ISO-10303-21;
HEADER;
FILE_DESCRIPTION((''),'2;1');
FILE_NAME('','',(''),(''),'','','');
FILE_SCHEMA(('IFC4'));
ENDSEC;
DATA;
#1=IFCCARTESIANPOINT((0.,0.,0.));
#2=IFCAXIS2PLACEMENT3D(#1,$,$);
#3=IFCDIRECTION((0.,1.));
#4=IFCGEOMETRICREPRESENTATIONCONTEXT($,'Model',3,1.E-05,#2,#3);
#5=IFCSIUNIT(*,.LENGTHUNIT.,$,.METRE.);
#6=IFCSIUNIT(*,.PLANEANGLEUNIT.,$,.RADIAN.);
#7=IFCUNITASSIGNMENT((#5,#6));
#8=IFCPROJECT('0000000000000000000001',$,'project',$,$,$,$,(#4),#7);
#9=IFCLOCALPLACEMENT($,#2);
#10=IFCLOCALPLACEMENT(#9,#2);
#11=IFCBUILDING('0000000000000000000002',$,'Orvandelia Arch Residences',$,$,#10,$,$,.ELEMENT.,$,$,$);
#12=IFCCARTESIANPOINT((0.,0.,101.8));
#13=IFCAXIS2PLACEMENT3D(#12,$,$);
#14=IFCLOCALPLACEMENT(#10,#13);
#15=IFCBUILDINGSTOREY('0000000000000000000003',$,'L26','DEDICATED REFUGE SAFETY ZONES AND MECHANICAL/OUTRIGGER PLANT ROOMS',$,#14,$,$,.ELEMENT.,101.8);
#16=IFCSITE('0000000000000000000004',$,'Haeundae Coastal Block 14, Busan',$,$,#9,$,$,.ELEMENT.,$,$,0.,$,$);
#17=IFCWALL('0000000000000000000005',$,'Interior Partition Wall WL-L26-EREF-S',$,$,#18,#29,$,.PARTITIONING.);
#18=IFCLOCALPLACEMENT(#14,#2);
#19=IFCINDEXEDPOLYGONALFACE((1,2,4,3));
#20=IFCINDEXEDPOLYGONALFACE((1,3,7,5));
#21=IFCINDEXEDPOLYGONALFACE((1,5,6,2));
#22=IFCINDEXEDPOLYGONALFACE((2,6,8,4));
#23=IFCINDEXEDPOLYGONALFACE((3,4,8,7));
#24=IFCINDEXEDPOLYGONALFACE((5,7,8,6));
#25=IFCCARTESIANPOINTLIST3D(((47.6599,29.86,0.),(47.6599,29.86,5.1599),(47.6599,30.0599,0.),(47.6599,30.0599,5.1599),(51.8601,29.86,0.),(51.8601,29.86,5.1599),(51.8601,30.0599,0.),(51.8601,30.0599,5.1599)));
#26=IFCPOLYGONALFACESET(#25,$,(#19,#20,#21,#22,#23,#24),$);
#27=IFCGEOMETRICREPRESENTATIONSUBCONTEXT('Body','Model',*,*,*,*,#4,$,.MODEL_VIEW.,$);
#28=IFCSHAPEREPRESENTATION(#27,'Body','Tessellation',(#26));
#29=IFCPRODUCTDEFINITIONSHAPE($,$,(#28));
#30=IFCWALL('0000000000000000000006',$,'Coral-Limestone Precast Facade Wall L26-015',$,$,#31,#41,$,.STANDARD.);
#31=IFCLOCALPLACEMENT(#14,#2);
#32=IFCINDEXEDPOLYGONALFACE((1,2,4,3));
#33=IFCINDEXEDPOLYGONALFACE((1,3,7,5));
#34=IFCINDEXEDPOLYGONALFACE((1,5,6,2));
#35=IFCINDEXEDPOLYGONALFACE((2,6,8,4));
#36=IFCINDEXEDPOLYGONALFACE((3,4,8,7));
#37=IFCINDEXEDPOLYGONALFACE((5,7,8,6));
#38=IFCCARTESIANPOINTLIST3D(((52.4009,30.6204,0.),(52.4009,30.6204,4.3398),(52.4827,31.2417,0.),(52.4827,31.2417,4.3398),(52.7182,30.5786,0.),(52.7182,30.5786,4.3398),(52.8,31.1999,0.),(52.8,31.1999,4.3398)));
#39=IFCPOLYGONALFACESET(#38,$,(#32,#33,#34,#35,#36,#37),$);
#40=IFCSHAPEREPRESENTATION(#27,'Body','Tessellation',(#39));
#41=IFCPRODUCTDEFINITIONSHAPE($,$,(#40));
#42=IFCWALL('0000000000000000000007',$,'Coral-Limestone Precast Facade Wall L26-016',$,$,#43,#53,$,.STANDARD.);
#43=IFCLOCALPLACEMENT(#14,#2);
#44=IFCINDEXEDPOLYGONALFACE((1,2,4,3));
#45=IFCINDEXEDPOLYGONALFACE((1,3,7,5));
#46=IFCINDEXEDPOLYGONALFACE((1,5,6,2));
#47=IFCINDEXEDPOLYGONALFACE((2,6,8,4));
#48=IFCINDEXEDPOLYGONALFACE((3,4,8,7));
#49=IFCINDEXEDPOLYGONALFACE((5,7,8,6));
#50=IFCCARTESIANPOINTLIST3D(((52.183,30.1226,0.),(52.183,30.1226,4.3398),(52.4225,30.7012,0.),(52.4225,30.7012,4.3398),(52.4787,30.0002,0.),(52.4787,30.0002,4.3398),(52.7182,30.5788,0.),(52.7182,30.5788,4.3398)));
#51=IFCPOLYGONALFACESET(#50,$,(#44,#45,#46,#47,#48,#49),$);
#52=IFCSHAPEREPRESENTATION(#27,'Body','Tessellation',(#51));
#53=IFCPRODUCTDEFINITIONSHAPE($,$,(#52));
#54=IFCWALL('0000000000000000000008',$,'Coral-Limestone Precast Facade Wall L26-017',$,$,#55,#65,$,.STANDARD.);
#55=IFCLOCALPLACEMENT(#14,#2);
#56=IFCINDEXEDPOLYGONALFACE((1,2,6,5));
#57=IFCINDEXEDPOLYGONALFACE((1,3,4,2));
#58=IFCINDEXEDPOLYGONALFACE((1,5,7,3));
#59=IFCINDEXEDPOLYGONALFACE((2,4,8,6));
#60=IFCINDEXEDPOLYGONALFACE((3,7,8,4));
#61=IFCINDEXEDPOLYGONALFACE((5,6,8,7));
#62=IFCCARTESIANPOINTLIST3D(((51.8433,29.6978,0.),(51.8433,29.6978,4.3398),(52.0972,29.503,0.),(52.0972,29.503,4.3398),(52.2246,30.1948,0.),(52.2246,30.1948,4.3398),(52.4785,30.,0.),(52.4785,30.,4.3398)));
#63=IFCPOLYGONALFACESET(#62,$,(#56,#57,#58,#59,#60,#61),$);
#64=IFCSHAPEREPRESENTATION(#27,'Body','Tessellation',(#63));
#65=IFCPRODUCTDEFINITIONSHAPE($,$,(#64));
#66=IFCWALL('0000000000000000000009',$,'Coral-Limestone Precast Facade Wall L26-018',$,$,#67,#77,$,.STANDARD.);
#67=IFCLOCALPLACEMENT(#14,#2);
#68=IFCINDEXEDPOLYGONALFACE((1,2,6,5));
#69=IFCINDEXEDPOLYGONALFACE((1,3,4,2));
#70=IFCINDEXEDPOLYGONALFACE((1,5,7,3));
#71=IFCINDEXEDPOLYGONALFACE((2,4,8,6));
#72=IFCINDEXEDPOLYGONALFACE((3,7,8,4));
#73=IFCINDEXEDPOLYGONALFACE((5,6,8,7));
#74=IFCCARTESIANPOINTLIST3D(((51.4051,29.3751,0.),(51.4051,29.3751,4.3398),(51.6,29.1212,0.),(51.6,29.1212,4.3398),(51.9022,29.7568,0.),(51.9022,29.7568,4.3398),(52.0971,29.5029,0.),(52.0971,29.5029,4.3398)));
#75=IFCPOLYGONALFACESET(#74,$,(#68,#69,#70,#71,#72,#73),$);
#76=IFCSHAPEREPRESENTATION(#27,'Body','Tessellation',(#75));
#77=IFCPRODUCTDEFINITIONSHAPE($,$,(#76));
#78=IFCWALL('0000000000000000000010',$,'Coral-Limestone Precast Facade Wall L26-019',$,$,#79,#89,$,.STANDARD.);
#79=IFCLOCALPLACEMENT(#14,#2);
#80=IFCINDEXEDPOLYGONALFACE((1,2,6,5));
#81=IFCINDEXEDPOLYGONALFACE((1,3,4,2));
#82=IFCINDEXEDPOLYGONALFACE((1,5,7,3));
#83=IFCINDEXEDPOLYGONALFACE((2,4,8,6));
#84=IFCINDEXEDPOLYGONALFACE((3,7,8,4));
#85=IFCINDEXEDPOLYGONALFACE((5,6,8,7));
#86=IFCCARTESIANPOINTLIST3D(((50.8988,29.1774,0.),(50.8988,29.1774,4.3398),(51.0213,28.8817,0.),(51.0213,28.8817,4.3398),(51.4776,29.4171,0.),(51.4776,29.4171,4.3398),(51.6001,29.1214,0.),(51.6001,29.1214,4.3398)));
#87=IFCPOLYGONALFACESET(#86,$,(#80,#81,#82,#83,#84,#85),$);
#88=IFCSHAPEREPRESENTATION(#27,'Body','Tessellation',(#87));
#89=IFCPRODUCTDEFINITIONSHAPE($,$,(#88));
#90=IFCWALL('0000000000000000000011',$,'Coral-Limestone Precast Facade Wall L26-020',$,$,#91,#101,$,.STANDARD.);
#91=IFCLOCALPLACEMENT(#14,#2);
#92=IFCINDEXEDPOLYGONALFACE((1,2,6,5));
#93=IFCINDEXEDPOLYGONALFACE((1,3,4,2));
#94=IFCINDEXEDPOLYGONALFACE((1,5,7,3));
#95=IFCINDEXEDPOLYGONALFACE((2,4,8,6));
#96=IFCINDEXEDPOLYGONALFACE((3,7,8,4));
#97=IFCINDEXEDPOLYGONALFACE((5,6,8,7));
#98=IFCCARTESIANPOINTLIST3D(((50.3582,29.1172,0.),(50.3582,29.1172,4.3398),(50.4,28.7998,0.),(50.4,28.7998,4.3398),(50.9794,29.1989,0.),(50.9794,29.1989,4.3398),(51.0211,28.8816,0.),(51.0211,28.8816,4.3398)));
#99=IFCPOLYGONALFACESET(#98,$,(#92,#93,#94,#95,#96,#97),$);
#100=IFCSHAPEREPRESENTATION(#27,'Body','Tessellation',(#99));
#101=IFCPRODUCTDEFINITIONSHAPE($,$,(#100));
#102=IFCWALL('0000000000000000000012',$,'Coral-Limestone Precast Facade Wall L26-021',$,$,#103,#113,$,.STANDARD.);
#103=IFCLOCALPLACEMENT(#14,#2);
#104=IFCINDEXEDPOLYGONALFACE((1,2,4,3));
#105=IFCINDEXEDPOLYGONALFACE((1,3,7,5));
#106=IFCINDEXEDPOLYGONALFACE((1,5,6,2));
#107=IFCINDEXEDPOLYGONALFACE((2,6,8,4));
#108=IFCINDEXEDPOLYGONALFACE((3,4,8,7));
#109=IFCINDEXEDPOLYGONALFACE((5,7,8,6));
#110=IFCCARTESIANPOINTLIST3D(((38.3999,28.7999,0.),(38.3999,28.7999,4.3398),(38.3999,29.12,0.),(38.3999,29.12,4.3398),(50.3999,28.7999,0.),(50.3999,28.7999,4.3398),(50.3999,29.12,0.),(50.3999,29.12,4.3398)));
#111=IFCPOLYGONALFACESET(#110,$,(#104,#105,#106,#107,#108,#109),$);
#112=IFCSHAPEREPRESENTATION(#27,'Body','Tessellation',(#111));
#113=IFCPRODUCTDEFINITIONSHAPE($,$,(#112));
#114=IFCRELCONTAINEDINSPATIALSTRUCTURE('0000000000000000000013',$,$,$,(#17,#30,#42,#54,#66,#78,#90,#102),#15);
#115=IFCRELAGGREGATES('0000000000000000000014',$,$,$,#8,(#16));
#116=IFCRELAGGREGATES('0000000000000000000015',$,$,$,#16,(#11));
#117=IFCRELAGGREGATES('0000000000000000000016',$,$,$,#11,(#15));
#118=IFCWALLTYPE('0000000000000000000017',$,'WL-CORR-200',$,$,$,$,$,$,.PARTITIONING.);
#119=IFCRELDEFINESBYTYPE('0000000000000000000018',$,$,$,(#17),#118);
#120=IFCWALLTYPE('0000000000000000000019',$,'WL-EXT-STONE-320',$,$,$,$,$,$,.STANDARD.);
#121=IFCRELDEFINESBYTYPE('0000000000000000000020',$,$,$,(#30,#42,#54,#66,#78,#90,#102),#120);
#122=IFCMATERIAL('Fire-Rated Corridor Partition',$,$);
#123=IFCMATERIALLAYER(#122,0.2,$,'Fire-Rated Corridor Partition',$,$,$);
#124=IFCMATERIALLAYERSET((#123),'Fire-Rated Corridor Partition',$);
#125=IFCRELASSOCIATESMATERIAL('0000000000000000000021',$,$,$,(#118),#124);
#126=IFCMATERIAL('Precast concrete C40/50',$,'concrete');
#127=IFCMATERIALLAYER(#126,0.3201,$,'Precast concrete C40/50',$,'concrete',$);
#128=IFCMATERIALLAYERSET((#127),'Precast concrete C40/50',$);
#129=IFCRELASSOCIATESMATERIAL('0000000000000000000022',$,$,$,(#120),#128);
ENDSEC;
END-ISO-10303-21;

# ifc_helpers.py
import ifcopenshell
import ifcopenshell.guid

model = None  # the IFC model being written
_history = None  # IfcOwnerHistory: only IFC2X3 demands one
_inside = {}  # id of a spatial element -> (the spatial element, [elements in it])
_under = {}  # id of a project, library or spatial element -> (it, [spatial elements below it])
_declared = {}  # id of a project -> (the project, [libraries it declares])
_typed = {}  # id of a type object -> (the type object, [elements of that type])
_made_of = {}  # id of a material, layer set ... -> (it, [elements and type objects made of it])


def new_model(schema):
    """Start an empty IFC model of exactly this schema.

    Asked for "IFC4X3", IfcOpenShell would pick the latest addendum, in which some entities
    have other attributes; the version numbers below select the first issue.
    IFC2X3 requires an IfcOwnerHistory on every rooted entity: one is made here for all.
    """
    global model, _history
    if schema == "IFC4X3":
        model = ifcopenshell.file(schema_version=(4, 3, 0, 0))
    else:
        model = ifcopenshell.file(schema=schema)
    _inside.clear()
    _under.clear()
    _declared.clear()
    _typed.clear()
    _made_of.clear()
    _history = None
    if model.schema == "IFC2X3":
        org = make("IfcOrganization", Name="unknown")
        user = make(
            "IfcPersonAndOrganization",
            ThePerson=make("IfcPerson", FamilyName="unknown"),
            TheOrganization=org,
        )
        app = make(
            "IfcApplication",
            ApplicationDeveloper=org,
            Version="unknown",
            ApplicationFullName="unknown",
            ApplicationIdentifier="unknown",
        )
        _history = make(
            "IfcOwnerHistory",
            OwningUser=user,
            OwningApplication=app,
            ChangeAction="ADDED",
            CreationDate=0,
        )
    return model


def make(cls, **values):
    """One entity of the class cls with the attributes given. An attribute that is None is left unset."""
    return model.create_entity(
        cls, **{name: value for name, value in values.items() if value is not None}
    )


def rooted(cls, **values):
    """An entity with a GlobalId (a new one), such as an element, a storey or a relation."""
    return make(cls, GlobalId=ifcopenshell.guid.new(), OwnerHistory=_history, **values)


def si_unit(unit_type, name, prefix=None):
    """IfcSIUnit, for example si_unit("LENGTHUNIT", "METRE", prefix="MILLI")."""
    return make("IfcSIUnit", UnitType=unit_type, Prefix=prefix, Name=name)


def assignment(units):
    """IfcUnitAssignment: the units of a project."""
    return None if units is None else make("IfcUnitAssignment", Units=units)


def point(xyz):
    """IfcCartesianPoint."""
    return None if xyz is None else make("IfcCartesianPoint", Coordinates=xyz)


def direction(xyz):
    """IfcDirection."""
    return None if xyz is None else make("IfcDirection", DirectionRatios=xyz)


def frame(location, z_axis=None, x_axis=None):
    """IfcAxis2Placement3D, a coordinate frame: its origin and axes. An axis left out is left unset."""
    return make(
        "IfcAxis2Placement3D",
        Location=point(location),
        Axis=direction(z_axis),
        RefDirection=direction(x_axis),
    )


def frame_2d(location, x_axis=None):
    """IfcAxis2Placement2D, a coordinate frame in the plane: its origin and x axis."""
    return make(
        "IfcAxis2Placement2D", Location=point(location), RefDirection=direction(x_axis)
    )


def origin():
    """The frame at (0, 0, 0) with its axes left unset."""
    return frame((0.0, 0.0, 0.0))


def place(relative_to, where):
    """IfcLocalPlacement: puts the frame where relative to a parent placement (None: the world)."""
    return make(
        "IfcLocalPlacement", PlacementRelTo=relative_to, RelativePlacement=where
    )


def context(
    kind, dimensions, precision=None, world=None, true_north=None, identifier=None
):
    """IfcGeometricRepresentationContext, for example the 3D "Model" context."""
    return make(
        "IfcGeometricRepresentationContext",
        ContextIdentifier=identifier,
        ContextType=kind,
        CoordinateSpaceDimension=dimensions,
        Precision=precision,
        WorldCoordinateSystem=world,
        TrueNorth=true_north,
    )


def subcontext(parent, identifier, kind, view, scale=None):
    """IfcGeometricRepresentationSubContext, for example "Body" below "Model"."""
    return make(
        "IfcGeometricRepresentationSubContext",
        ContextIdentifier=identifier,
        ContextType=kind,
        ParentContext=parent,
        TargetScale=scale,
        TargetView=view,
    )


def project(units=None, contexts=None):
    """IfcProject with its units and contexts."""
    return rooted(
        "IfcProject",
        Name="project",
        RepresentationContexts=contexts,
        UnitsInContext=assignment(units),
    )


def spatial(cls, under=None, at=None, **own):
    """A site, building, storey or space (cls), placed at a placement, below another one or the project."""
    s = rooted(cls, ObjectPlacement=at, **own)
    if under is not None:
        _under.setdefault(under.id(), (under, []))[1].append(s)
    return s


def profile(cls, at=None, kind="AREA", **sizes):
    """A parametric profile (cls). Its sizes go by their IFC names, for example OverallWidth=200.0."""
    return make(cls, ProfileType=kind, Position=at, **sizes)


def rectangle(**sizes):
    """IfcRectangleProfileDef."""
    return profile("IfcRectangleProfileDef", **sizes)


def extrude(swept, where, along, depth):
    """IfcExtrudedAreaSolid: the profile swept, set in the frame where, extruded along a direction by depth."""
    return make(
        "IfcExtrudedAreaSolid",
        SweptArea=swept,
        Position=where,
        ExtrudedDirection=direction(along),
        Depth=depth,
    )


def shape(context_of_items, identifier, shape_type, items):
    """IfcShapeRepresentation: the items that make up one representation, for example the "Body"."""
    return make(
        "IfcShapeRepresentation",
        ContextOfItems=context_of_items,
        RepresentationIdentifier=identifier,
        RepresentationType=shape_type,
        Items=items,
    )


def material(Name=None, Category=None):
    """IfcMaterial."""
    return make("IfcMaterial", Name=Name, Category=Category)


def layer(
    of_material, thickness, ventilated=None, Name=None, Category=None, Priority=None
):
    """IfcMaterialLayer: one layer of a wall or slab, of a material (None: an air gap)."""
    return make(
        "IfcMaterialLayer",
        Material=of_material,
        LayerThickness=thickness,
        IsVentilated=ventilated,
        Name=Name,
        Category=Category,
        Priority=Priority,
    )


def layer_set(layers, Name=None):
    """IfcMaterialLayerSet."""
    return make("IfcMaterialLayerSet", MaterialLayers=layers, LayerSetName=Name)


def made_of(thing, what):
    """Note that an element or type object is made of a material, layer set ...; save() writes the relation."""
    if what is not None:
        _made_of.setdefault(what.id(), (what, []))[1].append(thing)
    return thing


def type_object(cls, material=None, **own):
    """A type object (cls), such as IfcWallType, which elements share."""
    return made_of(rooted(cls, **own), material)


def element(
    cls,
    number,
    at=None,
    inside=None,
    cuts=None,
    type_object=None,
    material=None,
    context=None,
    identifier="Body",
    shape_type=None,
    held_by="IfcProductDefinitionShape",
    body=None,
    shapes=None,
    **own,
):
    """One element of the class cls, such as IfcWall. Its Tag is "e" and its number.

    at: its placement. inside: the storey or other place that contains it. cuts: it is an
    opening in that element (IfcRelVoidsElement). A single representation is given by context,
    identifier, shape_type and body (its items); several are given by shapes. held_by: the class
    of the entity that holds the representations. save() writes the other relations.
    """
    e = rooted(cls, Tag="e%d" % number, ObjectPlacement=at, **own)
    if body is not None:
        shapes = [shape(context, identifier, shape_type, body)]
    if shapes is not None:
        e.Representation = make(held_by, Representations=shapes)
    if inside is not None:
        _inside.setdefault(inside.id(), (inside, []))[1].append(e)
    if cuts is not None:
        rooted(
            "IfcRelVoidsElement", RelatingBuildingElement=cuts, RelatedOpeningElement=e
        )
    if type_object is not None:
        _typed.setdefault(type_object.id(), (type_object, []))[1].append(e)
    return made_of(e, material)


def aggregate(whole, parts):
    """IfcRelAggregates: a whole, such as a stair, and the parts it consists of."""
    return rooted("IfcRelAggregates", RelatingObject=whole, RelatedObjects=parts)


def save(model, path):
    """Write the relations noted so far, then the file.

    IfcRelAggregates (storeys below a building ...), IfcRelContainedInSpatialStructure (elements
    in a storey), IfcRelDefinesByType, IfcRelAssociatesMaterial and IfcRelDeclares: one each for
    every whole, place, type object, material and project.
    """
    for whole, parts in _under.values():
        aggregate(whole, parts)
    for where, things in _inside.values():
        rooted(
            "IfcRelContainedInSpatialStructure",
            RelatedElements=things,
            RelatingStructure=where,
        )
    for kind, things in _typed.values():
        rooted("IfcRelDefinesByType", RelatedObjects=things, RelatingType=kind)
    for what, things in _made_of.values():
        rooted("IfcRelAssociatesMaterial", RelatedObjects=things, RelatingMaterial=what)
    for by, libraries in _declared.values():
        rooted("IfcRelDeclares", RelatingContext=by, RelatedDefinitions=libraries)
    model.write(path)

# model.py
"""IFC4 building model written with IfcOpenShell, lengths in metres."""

from ifc_helpers import new_model, si_unit, direction, frame, frame_2d, origin, place, context, subcontext, project, spatial, rectangle, extrude, material, layer, layer_set, type_object, element, save


model = new_model("IFC4")

# Units and contexts
model_context = context("Model", 3, precision=1e-05, world=origin(), true_north=direction((0.0, 1.0)))
body_context = subcontext(model_context, "Body", "Model", "MODEL_VIEW")
ifc_project = project(units=[si_unit("LENGTHUNIT", "METRE"), si_unit("PLANEANGLEUNIT", "RADIAN")], contexts=[model_context])

# Site, building, storey
site_placement = place(None, origin())
site = spatial("IfcSite", under=ifc_project, at=site_placement, Name="Haeundae Coastal Block 14, Busan", CompositionType="ELEMENT", RefElevation=0.0)
building_placement = place(site_placement, origin())
building = spatial("IfcBuilding", under=site, at=building_placement, Name="Orvandelia Arch Residences", CompositionType="ELEMENT")
storey_placement = place(building_placement, frame((0.0, 0.0, 101.8)))
storey = spatial("IfcBuildingStorey", under=building, at=storey_placement, Name="L26", Description="DEDICATED REFUGE SAFETY ZONES AND MECHANICAL/OUTRIGGER PLANT ROOMS", CompositionType="ELEMENT", Elevation=101.8)

# Shared definitions
ifc_material_1 = material(Name="Fire-Rated Corridor Partition")
ifc_layer_1 = layer(ifc_material_1, 0.2, Name="Fire-Rated Corridor Partition")
ifc_layer_set_1 = layer_set([ifc_layer_1], Name="Fire-Rated Corridor Partition")
wall_type_1 = type_object("IfcWallType", Name="WL-CORR-200", PredefinedType="PARTITIONING", material=ifc_layer_set_1)

# Walls
wall_1_placement = place(storey_placement, frame((47.6599, 29.96, 0.0), z_axis=(0.0, 0.0, 1.0), x_axis=(1.0, 0.0, 0.0)))
element("IfcWall", 1, at=wall_1_placement, inside=storey, type_object=wall_type_1, Name="Interior Partition Wall WL-L26-EREF-S", PredefinedType="PARTITIONING", context=body_context, shape_type="SweptSolid", body=[
    extrude(rectangle(XDim=4.2002, YDim=0.2, at=frame_2d((2.1001, 0.0))), origin(), (0.0, 0.0, 1.0), 5.1599),
])
ifc_material_2 = material(Name="Precast concrete C40/50", Category="concrete")
ifc_layer_2 = layer(ifc_material_2, 0.3201, Name="Precast concrete C40/50", Category="concrete")
ifc_layer_set_2 = layer_set([ifc_layer_2], Name="Precast concrete C40/50")
wall_type_2 = type_object("IfcWallType", Name="WL-EXT-STONE-320", PredefinedType="STANDARD", material=ifc_layer_set_2)
wall_2_placement = place(storey_placement, frame((52.6414, 31.2209, 0.0), z_axis=(0.0, 0.0, 1.0), x_axis=(-0.130505, -0.991448, 0.0)))
element("IfcWall", 2, at=wall_2_placement, inside=storey, type_object=wall_type_2, Name="Coral-Limestone Precast Facade Wall L26-015", PredefinedType="STANDARD", context=body_context, shape_type="SweptSolid", body=[
    extrude(rectangle(XDim=0.6267, YDim=0.3201, at=frame_2d((0.3135, 0.0))), origin(), (0.0, 0.0, 1.0), 4.3398),
])
wall_3_placement = place(storey_placement, frame((52.5703, 30.6399, 0.0), z_axis=(0.0, 0.0, 1.0), x_axis=(-0.382455, -0.923974, 0.0)))
element("IfcWall", 3, at=wall_3_placement, inside=storey, type_object=wall_type_2, Name="Coral-Limestone Precast Facade Wall L26-016", PredefinedType="STANDARD", context=body_context, shape_type="SweptSolid", body=[
    extrude(rectangle(XDim=0.6262, YDim=0.3201, at=frame_2d((0.313, 0.0))), origin(), (0.0, 0.0, 1.0), 4.3398),
])
wall_4_placement = place(storey_placement, frame((52.3516, 30.0974, 0.0), z_axis=(0.0, 0.0, 1.0), x_axis=(-0.608693, -0.793406, 0.0)))
element("IfcWall", 4, at=wall_4_placement, inside=storey, type_object=wall_type_2, Name="Coral-Limestone Precast Facade Wall L26-017", PredefinedType="STANDARD", context=body_context, shape_type="SweptSolid", body=[
    extrude(rectangle(XDim=0.6265, YDim=0.3201, at=frame_2d((0.3132, 0.0))), origin(), (0.0, 0.0, 1.0), 4.3398),
])
wall_5_placement = place(storey_placement, frame((51.9998, 29.6299, 0.0), z_axis=(0.0, 0.0, 1.0), x_axis=(-0.793217, -0.608939, 0.0)))
element("IfcWall", 5, at=wall_5_placement, inside=storey, type_object=wall_type_2, Name="Coral-Limestone Precast Facade Wall L26-018", PredefinedType="STANDARD", context=body_context, shape_type="SweptSolid", body=[
    extrude(rectangle(XDim=0.6267, YDim=0.3201, at=frame_2d((0.3135, 0.0))), origin(), (0.0, 0.0, 1.0), 4.3398),
])
for number, where, z_axis, x_axis, name in (
    (6, (51.5388, 29.2693, 0.0), (0.0, 0.0, 1.0), (-0.923893, -0.38265, 0.0), "Coral-Limestone Precast Facade Wall L26-019"),
    (7, (51.0002, 29.0403, 0.0), (0.0, 0.0, 1.0), (-0.991441, -0.130555, 0.0), "Coral-Limestone Precast Facade Wall L26-020"),
):
    element("IfcWall", number, at=place(storey_placement, frame(where, z_axis=z_axis, x_axis=x_axis)), inside=storey, type_object=wall_type_2, Name=name, PredefinedType="STANDARD", context=body_context, shape_type="SweptSolid", body=[
        extrude(rectangle(XDim=0.6265, YDim=0.3201, at=frame_2d((0.3132, 0.0))), origin(), (0.0, 0.0, 1.0), 4.3398),
    ])
wall_6_placement = place(storey_placement, frame((50.3999, 28.96, 0.0), z_axis=(0.0, 0.0, 1.0), x_axis=(-1.0, 0.0, 0.0)))
element("IfcWall", 8, at=wall_6_placement, inside=storey, type_object=wall_type_2, Name="Coral-Limestone Precast Facade Wall L26-021", PredefinedType="STANDARD", context=body_context, shape_type="SweptSolid", body=[
    extrude(rectangle(XDim=12.0, YDim=0.3201, at=frame_2d((6.0, 0.0))), origin(), (0.0, 0.0, 1.0), 4.3398),
])

save(model, "model.ifc")
